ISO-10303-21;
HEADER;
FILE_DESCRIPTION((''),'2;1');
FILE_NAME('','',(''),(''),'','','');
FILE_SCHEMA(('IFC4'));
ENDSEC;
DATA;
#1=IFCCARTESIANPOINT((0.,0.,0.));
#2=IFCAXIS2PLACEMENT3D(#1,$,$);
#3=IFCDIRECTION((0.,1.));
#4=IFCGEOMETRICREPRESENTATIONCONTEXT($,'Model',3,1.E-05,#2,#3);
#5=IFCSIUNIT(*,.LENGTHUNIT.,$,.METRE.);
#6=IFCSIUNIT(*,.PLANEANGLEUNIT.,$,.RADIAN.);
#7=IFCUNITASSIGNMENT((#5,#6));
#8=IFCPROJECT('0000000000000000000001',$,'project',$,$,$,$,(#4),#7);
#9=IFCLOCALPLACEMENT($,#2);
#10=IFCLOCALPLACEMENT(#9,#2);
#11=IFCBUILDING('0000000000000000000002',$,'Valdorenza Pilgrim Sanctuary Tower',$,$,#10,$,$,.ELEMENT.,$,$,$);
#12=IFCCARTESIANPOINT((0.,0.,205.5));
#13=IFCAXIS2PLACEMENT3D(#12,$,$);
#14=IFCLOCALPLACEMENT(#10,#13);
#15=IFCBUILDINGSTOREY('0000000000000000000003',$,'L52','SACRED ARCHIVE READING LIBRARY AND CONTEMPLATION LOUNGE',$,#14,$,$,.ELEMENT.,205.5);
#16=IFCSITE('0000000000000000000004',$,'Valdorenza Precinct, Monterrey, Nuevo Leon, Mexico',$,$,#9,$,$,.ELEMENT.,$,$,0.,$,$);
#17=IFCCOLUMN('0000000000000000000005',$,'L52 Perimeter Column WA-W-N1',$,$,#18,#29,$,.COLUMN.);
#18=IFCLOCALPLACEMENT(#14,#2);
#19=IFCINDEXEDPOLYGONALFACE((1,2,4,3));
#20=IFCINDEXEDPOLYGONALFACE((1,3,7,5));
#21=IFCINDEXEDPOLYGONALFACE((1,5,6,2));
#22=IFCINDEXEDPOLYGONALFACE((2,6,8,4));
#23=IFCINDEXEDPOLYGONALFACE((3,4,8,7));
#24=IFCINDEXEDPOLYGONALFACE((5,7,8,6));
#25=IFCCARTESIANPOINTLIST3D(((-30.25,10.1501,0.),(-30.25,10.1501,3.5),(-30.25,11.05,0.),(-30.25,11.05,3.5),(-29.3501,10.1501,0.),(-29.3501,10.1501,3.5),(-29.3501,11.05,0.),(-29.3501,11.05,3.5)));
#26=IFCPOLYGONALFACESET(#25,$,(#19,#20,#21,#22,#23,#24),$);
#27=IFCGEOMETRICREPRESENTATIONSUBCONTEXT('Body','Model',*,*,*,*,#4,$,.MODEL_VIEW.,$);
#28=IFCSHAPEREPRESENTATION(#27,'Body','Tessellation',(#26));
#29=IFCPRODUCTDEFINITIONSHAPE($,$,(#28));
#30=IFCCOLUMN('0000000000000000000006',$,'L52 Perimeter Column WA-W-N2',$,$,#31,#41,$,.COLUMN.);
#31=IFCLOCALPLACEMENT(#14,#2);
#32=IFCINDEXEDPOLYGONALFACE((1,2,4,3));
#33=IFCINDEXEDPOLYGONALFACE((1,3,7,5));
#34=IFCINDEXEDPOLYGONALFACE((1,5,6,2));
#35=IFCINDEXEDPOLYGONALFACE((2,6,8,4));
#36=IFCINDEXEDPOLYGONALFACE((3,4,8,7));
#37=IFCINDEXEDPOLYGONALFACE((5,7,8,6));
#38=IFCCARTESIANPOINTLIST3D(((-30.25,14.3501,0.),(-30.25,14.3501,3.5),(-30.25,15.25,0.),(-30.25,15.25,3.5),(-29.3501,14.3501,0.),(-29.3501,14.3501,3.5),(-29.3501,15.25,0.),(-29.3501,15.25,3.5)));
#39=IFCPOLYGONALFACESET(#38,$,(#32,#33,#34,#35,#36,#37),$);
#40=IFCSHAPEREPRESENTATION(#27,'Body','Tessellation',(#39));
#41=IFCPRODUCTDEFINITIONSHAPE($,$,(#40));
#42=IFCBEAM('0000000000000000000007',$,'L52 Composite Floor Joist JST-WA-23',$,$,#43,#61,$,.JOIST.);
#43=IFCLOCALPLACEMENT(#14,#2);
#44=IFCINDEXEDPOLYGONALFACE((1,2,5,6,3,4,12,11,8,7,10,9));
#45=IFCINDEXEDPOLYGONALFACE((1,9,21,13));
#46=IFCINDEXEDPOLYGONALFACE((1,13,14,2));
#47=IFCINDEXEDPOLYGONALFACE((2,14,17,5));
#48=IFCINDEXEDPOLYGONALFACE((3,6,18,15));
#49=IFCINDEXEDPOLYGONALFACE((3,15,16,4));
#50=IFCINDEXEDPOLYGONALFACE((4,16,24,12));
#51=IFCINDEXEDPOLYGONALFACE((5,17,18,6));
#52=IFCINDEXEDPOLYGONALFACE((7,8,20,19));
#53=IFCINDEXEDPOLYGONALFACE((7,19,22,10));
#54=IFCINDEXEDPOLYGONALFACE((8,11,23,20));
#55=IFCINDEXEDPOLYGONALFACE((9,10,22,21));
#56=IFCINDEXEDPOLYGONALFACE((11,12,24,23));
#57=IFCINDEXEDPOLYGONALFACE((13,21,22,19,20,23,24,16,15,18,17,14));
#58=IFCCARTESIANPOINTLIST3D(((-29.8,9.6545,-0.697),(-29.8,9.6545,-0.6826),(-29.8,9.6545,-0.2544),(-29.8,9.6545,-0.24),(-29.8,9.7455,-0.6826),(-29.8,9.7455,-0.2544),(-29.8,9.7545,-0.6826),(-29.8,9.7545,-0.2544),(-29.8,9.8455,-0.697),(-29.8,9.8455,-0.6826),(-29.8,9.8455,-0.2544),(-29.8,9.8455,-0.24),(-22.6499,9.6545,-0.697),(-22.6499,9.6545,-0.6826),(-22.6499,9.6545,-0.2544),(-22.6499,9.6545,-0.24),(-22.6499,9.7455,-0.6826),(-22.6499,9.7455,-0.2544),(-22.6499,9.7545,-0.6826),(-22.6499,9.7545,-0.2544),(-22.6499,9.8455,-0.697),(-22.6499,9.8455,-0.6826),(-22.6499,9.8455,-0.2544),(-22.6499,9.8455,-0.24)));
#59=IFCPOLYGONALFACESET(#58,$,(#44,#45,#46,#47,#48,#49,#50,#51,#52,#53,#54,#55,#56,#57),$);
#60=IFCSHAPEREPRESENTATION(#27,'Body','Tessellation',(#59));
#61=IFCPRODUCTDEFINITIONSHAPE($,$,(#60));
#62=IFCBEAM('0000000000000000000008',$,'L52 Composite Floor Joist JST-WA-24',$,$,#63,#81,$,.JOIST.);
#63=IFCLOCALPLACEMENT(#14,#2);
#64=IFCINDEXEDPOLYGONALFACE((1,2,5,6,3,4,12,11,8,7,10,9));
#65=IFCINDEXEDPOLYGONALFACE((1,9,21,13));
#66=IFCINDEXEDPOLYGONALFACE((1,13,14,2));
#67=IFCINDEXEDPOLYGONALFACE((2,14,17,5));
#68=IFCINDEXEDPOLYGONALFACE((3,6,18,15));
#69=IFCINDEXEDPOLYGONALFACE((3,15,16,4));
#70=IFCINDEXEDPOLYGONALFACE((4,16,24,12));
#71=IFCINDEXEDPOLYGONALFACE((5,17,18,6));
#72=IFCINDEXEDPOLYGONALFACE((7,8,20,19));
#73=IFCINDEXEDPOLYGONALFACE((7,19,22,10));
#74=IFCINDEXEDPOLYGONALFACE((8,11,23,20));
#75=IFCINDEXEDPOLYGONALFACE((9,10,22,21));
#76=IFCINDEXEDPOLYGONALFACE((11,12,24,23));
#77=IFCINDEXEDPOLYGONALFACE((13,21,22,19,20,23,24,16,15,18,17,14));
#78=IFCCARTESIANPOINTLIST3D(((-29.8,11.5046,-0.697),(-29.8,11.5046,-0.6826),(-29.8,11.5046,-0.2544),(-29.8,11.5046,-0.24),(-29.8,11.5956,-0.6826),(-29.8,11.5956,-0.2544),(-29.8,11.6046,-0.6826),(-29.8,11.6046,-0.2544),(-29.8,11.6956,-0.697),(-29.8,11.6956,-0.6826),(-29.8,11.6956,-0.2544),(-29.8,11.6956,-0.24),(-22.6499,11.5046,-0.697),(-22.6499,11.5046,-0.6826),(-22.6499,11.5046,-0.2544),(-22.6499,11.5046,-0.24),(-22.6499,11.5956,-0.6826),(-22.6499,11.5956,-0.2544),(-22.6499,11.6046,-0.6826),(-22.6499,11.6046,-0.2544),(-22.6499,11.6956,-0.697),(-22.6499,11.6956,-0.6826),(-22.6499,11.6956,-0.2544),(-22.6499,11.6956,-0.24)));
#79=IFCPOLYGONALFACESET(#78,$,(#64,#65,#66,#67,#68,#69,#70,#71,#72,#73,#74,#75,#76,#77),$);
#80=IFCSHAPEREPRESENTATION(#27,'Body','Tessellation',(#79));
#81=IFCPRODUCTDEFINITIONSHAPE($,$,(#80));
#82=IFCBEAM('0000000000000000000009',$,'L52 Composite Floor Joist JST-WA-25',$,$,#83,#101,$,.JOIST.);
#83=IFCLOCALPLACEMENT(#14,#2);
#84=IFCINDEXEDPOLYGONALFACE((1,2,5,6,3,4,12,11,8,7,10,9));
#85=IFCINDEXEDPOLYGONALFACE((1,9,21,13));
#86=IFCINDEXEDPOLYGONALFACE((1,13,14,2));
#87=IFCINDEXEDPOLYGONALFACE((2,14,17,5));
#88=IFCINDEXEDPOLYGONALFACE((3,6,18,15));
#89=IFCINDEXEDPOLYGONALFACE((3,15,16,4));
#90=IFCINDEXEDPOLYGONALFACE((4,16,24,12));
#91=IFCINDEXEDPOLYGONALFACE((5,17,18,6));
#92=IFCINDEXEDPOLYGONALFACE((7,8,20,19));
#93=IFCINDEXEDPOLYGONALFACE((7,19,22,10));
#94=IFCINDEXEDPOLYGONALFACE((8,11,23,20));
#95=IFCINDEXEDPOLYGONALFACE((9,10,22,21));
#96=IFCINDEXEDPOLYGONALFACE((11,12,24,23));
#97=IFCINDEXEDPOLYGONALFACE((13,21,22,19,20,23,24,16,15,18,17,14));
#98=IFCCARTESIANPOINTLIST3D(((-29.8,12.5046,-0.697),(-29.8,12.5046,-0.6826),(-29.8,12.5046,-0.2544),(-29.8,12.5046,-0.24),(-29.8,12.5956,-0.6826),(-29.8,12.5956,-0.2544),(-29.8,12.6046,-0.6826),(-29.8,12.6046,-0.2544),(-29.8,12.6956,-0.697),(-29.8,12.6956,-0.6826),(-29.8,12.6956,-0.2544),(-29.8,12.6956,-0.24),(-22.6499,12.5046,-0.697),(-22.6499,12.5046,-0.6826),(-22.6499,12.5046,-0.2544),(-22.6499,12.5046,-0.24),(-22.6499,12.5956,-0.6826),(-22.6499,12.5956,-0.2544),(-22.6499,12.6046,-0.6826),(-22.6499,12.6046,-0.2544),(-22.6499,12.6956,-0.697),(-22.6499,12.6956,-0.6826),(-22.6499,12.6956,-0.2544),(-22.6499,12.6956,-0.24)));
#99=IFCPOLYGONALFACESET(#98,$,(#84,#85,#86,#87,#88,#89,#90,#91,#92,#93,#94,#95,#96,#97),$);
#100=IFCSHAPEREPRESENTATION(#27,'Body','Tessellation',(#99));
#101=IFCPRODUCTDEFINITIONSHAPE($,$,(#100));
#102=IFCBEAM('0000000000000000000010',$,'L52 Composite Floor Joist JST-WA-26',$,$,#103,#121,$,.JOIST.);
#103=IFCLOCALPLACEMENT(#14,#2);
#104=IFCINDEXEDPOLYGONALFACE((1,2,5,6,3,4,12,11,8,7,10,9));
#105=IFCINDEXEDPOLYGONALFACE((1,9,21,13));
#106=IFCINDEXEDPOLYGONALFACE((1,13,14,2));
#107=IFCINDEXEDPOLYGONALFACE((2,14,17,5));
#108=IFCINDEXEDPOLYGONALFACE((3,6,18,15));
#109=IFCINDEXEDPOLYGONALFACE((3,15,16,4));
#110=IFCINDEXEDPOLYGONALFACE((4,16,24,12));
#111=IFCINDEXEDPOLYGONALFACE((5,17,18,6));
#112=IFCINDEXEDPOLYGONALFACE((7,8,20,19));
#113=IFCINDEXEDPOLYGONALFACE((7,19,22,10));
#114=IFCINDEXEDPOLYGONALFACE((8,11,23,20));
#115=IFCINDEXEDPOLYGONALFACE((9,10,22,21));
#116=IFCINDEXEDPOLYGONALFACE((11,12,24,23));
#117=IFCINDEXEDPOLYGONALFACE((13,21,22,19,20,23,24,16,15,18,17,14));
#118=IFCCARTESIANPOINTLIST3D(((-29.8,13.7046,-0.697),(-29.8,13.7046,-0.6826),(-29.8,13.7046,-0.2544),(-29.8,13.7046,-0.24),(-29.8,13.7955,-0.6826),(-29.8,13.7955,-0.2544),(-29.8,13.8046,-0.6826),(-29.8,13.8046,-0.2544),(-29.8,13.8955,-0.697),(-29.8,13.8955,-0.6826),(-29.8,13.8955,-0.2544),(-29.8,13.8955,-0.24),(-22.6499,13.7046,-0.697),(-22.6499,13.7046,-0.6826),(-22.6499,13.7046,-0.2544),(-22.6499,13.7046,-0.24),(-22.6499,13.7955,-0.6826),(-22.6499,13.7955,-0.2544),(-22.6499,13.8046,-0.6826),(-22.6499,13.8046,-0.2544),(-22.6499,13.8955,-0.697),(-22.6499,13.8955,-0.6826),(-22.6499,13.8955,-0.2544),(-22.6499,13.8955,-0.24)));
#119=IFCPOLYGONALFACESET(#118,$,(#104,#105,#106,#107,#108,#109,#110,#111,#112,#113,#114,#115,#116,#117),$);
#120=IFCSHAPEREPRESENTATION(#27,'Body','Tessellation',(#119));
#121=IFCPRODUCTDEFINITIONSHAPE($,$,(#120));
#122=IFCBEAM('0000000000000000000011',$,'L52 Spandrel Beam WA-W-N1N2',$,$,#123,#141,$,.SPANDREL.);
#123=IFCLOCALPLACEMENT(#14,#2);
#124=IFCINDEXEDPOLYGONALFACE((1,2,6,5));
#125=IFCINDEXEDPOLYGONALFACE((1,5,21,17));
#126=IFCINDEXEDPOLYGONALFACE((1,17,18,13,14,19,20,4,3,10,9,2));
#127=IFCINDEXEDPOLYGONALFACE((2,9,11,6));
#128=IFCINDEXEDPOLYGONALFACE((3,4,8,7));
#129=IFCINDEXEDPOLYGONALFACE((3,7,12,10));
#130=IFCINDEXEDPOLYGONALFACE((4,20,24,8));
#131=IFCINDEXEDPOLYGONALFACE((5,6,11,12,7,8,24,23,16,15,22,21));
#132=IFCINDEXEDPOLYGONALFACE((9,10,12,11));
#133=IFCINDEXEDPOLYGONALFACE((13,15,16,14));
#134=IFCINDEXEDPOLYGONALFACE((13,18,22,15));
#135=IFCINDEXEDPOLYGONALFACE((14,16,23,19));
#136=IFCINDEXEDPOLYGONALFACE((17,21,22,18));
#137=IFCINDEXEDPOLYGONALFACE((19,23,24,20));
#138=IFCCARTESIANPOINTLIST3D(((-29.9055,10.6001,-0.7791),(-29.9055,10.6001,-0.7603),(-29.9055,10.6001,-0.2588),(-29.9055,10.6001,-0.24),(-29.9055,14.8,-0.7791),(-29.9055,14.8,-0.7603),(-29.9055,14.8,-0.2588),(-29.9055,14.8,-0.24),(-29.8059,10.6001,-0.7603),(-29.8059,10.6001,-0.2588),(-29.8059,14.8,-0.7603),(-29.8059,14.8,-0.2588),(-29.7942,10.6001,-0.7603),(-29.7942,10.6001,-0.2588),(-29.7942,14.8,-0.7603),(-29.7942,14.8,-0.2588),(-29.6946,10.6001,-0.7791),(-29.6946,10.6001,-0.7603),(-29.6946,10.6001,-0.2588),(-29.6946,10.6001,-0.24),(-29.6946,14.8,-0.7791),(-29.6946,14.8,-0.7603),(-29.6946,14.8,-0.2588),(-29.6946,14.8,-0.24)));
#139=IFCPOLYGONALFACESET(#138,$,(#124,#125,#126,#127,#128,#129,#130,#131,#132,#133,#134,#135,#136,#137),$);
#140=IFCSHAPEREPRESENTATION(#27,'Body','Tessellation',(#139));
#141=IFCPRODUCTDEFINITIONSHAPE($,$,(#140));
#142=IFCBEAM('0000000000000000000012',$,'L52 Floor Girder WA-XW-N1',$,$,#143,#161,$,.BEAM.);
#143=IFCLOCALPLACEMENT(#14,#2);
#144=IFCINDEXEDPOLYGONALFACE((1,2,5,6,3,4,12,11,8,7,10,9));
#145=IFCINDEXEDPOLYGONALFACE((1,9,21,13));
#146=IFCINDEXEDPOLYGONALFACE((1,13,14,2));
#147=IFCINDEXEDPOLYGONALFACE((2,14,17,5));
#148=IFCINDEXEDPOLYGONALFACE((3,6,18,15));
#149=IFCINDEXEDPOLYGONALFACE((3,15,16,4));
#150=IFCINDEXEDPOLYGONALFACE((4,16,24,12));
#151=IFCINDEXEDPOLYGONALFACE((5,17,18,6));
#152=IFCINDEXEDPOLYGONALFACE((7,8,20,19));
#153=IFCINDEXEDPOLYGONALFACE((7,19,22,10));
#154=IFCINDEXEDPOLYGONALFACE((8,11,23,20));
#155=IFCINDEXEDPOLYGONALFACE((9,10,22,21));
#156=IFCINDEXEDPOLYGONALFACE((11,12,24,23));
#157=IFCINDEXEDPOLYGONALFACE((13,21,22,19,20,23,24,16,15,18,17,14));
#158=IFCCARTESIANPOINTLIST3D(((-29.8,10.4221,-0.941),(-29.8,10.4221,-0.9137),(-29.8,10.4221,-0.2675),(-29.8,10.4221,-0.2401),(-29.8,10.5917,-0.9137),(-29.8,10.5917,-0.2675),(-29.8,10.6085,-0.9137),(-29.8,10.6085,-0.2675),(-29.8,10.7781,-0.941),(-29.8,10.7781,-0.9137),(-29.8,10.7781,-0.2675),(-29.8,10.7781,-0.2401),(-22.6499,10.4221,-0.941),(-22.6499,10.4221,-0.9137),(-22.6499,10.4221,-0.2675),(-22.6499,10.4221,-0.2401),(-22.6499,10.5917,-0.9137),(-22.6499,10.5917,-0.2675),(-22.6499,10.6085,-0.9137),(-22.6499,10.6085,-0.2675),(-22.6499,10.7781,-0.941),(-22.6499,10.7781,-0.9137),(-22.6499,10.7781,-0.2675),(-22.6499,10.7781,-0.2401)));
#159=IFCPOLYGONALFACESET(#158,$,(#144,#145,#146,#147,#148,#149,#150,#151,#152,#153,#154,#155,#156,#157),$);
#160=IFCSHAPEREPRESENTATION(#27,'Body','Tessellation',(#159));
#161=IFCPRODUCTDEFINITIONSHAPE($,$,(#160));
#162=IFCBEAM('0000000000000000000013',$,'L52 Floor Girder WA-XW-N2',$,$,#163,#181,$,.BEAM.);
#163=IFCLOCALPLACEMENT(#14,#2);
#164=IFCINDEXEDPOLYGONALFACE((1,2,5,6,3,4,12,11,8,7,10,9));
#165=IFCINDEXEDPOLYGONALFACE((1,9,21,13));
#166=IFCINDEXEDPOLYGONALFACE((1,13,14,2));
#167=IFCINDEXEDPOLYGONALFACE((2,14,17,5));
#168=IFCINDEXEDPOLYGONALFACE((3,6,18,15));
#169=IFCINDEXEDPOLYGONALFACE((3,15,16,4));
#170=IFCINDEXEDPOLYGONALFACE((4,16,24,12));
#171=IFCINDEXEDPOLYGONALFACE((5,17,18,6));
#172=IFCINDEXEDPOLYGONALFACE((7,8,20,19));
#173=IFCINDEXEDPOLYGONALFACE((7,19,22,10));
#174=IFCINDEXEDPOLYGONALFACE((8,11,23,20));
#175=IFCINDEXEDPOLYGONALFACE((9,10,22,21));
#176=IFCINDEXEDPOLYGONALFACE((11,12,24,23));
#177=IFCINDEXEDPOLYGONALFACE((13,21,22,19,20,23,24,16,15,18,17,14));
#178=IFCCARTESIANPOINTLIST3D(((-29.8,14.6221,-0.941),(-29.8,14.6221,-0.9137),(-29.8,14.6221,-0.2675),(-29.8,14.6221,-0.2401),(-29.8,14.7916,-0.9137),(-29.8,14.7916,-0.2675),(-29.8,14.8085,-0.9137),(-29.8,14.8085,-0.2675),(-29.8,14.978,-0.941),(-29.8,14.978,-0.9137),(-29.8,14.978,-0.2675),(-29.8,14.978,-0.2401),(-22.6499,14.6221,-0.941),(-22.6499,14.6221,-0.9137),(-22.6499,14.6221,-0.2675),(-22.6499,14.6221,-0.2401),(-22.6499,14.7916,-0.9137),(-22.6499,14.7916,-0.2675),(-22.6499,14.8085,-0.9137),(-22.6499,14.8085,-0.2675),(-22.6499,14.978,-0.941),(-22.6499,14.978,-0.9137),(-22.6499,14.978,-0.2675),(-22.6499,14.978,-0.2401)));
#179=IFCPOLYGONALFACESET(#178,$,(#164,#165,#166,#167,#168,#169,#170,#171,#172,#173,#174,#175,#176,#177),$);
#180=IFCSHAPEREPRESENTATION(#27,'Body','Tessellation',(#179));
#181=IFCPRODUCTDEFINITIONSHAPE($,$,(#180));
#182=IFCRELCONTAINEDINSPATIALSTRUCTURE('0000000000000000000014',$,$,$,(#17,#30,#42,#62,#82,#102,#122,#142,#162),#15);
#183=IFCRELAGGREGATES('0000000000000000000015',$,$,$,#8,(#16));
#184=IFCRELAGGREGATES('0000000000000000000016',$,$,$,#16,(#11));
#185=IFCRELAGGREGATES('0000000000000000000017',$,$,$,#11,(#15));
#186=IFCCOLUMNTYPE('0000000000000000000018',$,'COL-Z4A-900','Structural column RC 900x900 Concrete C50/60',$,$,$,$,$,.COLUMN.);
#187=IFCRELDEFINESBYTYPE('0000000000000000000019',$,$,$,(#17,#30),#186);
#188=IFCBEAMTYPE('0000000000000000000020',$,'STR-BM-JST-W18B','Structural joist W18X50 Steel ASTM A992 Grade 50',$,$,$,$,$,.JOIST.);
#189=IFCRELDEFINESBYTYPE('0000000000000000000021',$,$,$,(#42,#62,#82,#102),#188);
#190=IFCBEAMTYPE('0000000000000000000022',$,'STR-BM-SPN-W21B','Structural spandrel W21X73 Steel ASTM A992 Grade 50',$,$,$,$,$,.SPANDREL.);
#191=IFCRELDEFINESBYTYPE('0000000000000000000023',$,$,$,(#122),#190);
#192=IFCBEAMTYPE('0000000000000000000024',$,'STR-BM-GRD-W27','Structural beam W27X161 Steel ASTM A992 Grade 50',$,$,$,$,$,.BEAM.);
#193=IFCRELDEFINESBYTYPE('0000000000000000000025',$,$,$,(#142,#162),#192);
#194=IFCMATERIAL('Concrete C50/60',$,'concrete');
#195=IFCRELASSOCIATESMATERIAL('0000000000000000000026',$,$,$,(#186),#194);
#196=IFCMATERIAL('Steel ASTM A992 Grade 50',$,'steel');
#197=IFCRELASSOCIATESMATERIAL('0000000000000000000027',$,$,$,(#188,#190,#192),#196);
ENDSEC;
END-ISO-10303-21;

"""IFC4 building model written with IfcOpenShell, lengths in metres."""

from ifc_helpers import new_model, si_unit, direction, frame, origin, origin_2d, place, context, subcontext, project, spatial, rectangle, i_section, extrude, source, transform, mapped, material, material_profile, profile_set, type_object, element, save


model = new_model("IFC4")

# Units and contexts
model_context = context("Model", 3, precision=1e-05, world=origin(), true_north=direction((0.0, 1.0)))
body_context = subcontext(model_context, "Body", "Model", "MODEL_VIEW")
ifc_project = project(units=[si_unit("LENGTHUNIT", "METRE"), si_unit("PLANEANGLEUNIT", "RADIAN")], contexts=[model_context])

# Site, building, storey
site_placement = place(None, origin())
site = spatial("IfcSite", under=ifc_project, at=site_placement, Name="Valdorenza Precinct, Monterrey, Nuevo Leon, Mexico", CompositionType="ELEMENT", RefElevation=0.0)
building_placement = place(site_placement, origin())
building = spatial("IfcBuilding", under=site, at=building_placement, Name="Valdorenza Pilgrim Sanctuary Tower", CompositionType="ELEMENT")
storey_placement = place(building_placement, frame((0.0, 0.0, 205.5)))
storey = spatial("IfcBuildingStorey", under=building, at=storey_placement, Name="L52", Description="SACRED ARCHIVE READING LIBRARY AND CONTEMPLATION LOUNGE", CompositionType="ELEMENT", Elevation=205.5)

# Columns
ifc_material_1 = material(Name="Concrete C50/60", Category="concrete")
ifc_material_profile_1 = material_profile(ifc_material_1, rectangle(XDim=0.8999, YDim=0.8999, at=origin_2d()), Name="RC 900x900")
ifc_profile_set_1 = profile_set([ifc_material_profile_1], Name="Concrete C50/60")
column_type = type_object("IfcColumnType", Name="COL-Z4A-900", Description="Structural column RC 900x900 Concrete C50/60", PredefinedType="COLUMN", material=ifc_profile_set_1)
shared_shape_1 = source(origin(), body_context, "Body", "SweptSolid", [
    extrude(rectangle(XDim=0.8999, YDim=0.8999, at=origin_2d()), origin(), (0.0, 0.0, 1.0), 3.5),
])
for number, where, z_axis, x_axis, name in (
    (1, (-29.8, 10.6001, 0.0), (0.0, 0.0, 1.0), (1.0, 0.0, 0.0), "L52 Perimeter Column WA-W-N1"),
    (2, (-29.8, 14.8, 0.0), (0.0, 0.0, 1.0), (1.0, 0.0, 0.0), "L52 Perimeter Column WA-W-N2"),
):
    element("IfcColumn", number, at=place(storey_placement, frame(where, z_axis=z_axis, x_axis=x_axis)), inside=storey, type_object=column_type, Name=name, PredefinedType="COLUMN", context=body_context, shape_type="MappedRepresentation", body=[
        mapped(shared_shape_1, transform((0.0, 0.0, 0.0), x_axis=(1.0, 0.0, 0.0), y_axis=(0.0, 1.0, 0.0), z_axis=(0.0, 0.0, 1.0), scale=1.0)),
    ])

# Beams
ifc_material_2 = material(Name="Steel ASTM A992 Grade 50", Category="steel")
ifc_material_profile_2 = material_profile(ifc_material_2, i_section(OverallWidth=0.1909, OverallDepth=0.457, WebThickness=0.009, FlangeThickness=0.0144, at=origin_2d()), Name="W18X50")
ifc_profile_set_2 = profile_set([ifc_material_profile_2], Name="Steel ASTM A992 Grade 50")
beam_type_1 = type_object("IfcBeamType", Name="STR-BM-JST-W18B", Description="Structural joist W18X50 Steel ASTM A992 Grade 50", PredefinedType="JOIST", material=ifc_profile_set_2)
shared_shape_2 = source(origin(), body_context, "Body", "SweptSolid", [
    extrude(i_section(OverallWidth=0.1909, OverallDepth=0.457, WebThickness=0.009, FlangeThickness=0.0144, at=origin_2d()), origin(), (0.0, 0.0, 1.0), 7.1501),
])
for number, where, z_axis, x_axis, name in (
    (3, (-29.8, 9.75, -0.4685), (1.0, 0.0, 0.0), (0.0, 1.0, 0.0), "L52 Composite Floor Joist JST-WA-23"),
    (4, (-29.8, 11.6001, -0.4685), (1.0, 0.0, 0.0), (0.0, 1.0, 0.0), "L52 Composite Floor Joist JST-WA-24"),
    (5, (-29.8, 12.6001, -0.4685), (1.0, 0.0, 0.0), (0.0, 1.0, 0.0), "L52 Composite Floor Joist JST-WA-25"),
    (6, (-29.8, 13.8, -0.4685), (1.0, 0.0, 0.0), (0.0, 1.0, 0.0), "L52 Composite Floor Joist JST-WA-26"),
):
    element("IfcBeam", number, at=place(storey_placement, frame(where, z_axis=z_axis, x_axis=x_axis)), inside=storey, type_object=beam_type_1, Name=name, PredefinedType="JOIST", context=body_context, shape_type="MappedRepresentation", body=[
        mapped(shared_shape_2, transform((0.0, 0.0, 0.0), x_axis=(1.0, 0.0, 0.0), y_axis=(0.0, 1.0, 0.0), z_axis=(0.0, 0.0, 1.0), scale=1.0)),
    ])
ifc_material_profile_3 = material_profile(ifc_material_2, i_section(OverallWidth=0.2109, OverallDepth=0.5391, WebThickness=0.0117, FlangeThickness=0.0188, at=origin_2d()), Name="W21X73")
ifc_profile_set_3 = profile_set([ifc_material_profile_3], Name="Steel ASTM A992 Grade 50")
beam_type_2 = type_object("IfcBeamType", Name="STR-BM-SPN-W21B", Description="Structural spandrel W21X73 Steel ASTM A992 Grade 50", PredefinedType="SPANDREL", material=ifc_profile_set_3)
shared_shape_3 = source(origin(), body_context, "Body", "SweptSolid", [
    extrude(i_section(OverallWidth=0.2109, OverallDepth=0.5391, WebThickness=0.0117, FlangeThickness=0.0188, at=origin_2d()), origin(), (0.0, 0.0, 1.0), 4.2),
])
beam_placement = place(storey_placement, frame((-29.8, 10.6001, -0.5095), z_axis=(0.0, 1.0, 0.0), x_axis=(-1.0, 0.0, 0.0)))
element("IfcBeam", 7, at=beam_placement, inside=storey, type_object=beam_type_2, Name="L52 Spandrel Beam WA-W-N1N2", PredefinedType="SPANDREL", context=body_context, shape_type="MappedRepresentation", body=[
    mapped(shared_shape_3, transform((0.0, 0.0, 0.0), x_axis=(1.0, 0.0, 0.0), y_axis=(0.0, 1.0, 0.0), z_axis=(0.0, 0.0, 1.0), scale=1.0)),
])
ifc_material_profile_4 = material_profile(ifc_material_2, i_section(OverallWidth=0.356, OverallDepth=0.7009, WebThickness=0.0168, FlangeThickness=0.0273, at=origin_2d()), Name="W27X161")
ifc_profile_set_4 = profile_set([ifc_material_profile_4], Name="Steel ASTM A992 Grade 50")
beam_type_3 = type_object("IfcBeamType", Name="STR-BM-GRD-W27", Description="Structural beam W27X161 Steel ASTM A992 Grade 50", PredefinedType="BEAM", material=ifc_profile_set_4)
shared_shape_4 = source(origin(), body_context, "Body", "SweptSolid", [
    extrude(i_section(OverallWidth=0.356, OverallDepth=0.7009, WebThickness=0.0168, FlangeThickness=0.0273, at=origin_2d()), origin(), (0.0, 0.0, 1.0), 7.1501),
])
for number, where, z_axis, x_axis, name in (
    (8, (-29.8, 10.6001, -0.5906), (1.0, 0.0, 0.0), (0.0, 1.0, 0.0), "L52 Floor Girder WA-XW-N1"),
    (9, (-29.8, 14.8, -0.5906), (1.0, 0.0, 0.0), (0.0, 1.0, 0.0), "L52 Floor Girder WA-XW-N2"),
):
    element("IfcBeam", number, at=place(storey_placement, frame(where, z_axis=z_axis, x_axis=x_axis)), inside=storey, type_object=beam_type_3, Name=name, PredefinedType="BEAM", context=body_context, shape_type="MappedRepresentation", body=[
        mapped(shared_shape_4, transform((0.0, 0.0, 0.0), x_axis=(1.0, 0.0, 0.0), y_axis=(0.0, 1.0, 0.0), z_axis=(0.0, 0.0, 1.0), scale=1.0)),
    ])

save(model, "model.ifc")
